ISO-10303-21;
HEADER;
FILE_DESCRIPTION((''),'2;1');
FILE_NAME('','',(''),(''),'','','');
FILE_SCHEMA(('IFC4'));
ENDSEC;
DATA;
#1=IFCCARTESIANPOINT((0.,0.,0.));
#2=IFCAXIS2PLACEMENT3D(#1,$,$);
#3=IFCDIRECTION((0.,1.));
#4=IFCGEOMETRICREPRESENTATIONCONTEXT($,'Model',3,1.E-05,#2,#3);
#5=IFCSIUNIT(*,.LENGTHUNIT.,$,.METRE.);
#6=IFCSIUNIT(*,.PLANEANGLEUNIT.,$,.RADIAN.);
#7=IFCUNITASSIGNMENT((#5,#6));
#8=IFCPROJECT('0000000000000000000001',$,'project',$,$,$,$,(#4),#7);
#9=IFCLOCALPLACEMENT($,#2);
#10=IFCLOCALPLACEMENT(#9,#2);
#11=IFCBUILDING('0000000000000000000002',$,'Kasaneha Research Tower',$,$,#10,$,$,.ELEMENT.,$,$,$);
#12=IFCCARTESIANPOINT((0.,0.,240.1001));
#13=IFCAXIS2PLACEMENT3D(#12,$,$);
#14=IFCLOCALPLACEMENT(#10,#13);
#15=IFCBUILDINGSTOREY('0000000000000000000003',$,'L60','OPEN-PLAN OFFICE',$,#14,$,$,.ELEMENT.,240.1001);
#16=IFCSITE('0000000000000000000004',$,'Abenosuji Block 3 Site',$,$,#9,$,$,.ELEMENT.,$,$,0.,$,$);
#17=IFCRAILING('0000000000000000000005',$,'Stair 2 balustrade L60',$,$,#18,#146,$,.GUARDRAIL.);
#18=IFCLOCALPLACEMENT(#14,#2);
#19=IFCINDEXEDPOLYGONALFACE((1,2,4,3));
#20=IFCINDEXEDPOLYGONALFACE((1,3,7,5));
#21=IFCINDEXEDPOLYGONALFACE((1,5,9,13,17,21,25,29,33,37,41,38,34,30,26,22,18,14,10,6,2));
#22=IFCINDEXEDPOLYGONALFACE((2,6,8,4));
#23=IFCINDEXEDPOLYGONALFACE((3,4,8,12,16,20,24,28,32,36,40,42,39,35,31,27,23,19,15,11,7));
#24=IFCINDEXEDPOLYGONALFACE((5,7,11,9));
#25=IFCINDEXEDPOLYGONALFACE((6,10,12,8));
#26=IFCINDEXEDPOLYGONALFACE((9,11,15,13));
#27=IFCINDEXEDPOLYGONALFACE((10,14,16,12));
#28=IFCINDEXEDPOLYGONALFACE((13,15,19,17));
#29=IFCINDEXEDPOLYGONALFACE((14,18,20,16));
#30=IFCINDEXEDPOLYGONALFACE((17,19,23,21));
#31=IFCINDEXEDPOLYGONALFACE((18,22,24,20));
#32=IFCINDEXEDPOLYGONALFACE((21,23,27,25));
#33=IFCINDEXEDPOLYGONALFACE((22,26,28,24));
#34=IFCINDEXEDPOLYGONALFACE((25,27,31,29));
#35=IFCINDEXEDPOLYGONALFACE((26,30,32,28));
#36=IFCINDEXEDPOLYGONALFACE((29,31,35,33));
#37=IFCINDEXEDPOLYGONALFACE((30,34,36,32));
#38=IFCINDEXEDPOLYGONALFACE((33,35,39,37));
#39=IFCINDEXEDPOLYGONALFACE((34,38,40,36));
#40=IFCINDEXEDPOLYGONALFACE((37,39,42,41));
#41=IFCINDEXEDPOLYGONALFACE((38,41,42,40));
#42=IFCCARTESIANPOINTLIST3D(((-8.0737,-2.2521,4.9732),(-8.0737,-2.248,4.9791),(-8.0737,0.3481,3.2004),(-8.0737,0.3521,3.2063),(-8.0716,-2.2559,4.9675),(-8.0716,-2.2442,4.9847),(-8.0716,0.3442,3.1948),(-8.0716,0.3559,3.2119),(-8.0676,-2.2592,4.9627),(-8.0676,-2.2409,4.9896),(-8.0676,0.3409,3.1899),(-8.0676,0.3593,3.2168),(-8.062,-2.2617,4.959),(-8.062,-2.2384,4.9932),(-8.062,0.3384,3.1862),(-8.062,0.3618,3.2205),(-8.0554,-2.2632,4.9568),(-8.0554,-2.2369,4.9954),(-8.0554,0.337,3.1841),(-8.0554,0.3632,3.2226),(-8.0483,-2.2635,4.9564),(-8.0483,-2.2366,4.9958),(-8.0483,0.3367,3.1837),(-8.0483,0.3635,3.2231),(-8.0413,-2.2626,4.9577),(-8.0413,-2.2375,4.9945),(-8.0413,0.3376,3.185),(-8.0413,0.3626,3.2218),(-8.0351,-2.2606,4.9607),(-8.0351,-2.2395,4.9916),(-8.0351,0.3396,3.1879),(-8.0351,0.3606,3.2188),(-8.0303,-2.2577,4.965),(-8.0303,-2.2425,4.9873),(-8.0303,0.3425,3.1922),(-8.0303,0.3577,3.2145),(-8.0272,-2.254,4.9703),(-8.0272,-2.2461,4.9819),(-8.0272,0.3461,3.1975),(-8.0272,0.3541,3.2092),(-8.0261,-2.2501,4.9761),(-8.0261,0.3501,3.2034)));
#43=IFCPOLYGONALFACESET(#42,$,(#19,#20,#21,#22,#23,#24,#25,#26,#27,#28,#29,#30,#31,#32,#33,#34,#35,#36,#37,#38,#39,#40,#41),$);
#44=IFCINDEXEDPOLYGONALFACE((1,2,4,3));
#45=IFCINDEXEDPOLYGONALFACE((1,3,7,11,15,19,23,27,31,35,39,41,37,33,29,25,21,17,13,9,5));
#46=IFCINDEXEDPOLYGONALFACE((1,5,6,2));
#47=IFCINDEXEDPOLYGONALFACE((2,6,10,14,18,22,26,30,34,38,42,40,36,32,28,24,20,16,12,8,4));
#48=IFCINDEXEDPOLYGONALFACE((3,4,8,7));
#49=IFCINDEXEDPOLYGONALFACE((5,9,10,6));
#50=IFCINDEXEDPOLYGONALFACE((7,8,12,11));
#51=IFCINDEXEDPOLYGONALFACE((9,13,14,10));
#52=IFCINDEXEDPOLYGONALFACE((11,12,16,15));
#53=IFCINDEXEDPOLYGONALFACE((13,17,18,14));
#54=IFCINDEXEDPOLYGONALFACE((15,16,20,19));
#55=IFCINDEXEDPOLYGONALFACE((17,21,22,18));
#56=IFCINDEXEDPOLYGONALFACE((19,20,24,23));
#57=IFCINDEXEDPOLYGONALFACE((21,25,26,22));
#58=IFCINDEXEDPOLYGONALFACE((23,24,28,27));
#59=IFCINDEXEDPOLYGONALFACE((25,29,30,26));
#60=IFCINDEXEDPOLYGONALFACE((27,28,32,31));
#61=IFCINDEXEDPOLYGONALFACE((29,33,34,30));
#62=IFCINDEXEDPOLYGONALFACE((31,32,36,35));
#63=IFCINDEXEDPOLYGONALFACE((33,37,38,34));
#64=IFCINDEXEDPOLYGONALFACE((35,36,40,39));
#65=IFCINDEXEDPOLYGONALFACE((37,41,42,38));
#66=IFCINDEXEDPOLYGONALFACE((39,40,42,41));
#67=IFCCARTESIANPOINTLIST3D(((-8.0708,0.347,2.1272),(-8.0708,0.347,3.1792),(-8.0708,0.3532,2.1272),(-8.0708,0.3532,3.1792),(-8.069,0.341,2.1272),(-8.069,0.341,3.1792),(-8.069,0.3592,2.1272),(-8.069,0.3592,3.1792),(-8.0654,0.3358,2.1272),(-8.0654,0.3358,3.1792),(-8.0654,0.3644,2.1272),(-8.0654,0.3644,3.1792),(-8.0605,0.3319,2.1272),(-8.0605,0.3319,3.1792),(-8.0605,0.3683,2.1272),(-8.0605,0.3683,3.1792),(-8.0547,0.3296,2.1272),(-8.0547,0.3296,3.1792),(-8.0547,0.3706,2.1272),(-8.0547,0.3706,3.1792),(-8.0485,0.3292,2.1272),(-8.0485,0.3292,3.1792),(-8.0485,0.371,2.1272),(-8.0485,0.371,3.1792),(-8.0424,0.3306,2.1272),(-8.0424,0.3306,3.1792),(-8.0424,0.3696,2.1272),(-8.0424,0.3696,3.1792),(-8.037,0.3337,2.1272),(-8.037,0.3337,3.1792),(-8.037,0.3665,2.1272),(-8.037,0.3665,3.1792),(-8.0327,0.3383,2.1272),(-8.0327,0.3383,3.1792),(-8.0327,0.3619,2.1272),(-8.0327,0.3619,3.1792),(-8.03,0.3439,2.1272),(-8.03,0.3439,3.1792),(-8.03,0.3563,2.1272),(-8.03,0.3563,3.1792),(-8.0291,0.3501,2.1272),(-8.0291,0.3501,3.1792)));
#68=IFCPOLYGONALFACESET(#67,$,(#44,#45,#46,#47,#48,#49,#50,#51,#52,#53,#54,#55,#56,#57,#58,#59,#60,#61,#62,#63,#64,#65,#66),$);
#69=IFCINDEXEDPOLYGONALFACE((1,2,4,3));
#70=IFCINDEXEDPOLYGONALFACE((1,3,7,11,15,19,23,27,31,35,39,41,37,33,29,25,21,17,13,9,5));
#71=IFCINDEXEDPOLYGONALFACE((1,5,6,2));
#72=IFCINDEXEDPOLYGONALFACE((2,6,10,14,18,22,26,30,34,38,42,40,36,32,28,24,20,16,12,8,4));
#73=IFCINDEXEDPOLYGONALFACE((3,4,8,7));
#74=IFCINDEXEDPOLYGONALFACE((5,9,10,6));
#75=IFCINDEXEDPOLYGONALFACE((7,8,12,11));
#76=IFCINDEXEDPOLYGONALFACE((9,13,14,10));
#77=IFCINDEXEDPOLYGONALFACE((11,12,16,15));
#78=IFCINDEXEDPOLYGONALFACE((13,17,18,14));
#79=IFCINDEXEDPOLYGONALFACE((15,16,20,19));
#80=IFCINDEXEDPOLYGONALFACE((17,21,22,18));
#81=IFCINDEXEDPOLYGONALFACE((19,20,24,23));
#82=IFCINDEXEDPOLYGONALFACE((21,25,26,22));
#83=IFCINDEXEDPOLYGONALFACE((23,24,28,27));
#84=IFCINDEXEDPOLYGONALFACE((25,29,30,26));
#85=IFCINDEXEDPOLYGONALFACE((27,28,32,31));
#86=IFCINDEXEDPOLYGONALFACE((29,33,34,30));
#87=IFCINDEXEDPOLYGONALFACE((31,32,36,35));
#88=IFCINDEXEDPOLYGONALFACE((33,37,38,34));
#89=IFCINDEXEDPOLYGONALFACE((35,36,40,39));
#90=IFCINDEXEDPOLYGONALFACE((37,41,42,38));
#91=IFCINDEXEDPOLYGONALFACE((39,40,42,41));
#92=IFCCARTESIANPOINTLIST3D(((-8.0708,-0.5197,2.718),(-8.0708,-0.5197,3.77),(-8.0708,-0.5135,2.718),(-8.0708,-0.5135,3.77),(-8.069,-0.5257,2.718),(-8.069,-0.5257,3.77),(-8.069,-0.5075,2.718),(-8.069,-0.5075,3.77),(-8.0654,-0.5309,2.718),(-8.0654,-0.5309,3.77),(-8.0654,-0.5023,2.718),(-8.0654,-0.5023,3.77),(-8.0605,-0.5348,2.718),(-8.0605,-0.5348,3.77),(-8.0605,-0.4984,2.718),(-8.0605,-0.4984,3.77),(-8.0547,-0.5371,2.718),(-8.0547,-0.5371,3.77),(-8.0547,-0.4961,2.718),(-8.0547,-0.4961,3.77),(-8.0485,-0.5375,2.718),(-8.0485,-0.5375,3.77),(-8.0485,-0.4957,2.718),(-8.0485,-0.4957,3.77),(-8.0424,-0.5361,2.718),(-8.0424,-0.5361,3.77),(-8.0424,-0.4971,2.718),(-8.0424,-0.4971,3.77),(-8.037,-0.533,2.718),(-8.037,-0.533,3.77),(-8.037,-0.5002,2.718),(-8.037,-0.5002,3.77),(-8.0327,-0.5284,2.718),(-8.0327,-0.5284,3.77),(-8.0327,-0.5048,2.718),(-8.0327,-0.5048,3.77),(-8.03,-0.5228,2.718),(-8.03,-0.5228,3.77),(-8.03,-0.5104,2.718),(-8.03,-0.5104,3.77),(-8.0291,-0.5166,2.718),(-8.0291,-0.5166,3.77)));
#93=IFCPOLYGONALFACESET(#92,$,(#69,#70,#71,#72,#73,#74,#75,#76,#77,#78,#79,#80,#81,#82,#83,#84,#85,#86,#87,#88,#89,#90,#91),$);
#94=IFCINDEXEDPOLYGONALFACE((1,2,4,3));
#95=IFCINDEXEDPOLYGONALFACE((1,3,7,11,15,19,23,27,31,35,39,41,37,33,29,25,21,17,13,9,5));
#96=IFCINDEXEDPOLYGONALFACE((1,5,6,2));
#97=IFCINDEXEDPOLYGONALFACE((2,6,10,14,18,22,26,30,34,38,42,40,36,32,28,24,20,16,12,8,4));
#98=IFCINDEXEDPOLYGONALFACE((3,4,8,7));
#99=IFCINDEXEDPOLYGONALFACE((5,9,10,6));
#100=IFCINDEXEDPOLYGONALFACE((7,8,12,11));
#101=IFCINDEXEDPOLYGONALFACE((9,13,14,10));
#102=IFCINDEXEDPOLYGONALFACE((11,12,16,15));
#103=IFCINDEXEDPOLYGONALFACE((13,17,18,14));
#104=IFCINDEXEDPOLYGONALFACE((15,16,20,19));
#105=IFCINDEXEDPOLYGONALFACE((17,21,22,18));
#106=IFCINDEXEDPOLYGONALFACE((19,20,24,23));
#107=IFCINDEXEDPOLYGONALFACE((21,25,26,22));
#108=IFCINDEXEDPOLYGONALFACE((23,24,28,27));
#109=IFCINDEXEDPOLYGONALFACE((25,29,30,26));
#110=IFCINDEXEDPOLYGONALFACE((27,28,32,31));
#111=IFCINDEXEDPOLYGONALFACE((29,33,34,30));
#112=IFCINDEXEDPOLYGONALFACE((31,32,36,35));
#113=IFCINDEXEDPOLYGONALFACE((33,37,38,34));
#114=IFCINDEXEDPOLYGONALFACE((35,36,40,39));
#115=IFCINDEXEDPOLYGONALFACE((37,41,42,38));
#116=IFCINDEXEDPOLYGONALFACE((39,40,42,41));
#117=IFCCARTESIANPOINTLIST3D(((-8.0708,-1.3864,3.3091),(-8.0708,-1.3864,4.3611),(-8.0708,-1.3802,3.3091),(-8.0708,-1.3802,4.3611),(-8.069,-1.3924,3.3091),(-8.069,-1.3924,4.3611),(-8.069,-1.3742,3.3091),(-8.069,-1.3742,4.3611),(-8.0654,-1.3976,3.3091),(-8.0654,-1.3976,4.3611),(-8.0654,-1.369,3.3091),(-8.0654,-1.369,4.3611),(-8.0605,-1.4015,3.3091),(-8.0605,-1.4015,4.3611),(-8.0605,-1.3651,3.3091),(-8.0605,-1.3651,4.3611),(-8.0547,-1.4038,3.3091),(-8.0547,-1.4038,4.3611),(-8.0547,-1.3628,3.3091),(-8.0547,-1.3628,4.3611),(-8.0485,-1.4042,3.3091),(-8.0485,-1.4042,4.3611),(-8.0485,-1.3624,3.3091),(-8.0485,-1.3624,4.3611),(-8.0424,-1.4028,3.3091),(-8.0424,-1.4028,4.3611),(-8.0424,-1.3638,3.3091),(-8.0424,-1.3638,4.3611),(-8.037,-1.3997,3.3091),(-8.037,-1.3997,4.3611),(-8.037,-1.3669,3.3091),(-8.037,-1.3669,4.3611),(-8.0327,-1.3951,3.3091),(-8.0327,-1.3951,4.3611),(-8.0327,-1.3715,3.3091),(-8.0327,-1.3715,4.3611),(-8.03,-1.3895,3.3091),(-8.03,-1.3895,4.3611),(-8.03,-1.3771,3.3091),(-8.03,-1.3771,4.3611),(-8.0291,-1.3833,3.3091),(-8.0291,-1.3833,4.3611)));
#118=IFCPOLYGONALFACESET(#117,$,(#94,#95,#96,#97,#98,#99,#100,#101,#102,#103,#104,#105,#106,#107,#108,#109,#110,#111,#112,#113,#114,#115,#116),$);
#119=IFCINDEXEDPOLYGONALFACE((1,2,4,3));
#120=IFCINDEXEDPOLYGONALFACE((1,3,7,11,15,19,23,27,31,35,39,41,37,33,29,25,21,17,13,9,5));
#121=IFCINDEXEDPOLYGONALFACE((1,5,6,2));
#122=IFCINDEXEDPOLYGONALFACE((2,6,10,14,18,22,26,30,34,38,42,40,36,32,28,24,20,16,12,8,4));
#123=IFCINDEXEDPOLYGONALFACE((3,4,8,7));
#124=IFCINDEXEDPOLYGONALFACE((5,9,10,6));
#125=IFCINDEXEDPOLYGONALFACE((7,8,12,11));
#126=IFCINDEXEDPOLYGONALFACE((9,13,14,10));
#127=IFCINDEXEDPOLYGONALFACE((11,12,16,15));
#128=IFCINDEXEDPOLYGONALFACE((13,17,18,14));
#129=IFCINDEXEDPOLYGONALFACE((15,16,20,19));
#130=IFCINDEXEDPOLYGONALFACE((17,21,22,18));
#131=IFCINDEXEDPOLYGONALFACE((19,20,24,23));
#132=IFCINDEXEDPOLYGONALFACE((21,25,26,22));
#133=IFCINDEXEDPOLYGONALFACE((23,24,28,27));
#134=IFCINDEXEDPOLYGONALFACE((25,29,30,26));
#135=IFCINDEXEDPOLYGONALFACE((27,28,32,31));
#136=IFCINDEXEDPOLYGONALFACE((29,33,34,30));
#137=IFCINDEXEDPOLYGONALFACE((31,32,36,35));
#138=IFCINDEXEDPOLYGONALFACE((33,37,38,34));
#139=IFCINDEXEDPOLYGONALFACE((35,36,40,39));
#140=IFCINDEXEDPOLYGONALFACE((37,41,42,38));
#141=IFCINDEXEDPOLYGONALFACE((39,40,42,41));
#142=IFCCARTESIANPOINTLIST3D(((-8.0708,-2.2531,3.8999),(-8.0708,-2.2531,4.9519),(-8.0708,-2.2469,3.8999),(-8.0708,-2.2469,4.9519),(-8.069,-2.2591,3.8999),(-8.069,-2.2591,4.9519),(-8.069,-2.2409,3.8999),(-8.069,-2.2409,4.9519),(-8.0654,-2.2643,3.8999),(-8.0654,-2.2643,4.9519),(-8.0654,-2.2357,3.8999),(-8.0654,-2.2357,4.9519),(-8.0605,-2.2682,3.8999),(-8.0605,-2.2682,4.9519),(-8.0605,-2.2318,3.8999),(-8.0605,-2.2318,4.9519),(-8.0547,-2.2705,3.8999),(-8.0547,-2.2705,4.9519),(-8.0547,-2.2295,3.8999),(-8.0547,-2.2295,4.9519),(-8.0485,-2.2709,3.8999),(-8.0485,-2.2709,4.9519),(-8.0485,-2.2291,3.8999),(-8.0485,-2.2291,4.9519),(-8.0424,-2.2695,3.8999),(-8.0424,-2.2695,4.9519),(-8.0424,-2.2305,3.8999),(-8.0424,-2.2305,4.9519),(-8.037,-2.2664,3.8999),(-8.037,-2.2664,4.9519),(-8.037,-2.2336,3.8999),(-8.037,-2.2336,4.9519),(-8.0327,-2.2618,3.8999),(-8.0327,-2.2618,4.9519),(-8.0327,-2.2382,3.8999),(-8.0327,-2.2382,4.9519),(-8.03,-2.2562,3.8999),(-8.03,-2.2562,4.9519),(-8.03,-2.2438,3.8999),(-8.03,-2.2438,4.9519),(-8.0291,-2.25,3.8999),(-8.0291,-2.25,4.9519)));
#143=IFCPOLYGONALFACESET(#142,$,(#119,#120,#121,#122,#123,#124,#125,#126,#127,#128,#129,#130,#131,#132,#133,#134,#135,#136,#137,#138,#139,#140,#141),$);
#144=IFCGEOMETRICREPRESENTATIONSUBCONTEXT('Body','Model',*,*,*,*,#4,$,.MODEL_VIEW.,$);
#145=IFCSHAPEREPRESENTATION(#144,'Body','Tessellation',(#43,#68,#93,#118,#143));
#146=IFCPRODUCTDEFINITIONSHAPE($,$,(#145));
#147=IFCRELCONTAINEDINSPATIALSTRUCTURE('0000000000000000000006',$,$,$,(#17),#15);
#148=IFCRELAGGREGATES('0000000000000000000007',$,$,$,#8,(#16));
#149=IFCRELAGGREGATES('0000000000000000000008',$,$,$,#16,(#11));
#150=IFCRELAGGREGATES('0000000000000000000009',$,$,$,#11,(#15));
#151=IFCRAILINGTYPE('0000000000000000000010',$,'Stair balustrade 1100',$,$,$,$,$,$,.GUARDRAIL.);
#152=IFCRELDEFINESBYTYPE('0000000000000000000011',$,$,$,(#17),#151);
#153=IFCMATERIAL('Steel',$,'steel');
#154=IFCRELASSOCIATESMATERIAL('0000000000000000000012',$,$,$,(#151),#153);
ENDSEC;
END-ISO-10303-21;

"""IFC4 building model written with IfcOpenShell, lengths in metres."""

from ifc_helpers import new_model, si_unit, direction, frame, origin, origin_2d, place, context, subcontext, project, spatial, circle, extrude, material, type_object, element, save


model = new_model("IFC4")

# Units and contexts
model_context = context("Model", 3, precision=1e-05, world=origin(), true_north=direction((0.0, 1.0)))
body_context = subcontext(model_context, "Body", "Model", "MODEL_VIEW")
ifc_project = project(units=[si_unit("LENGTHUNIT", "METRE"), si_unit("PLANEANGLEUNIT", "RADIAN")], contexts=[model_context])

# Site, building, storey
site_placement = place(None, origin())
site = spatial("IfcSite", under=ifc_project, at=site_placement, Name="Abenosuji Block 3 Site", CompositionType="ELEMENT", RefElevation=0.0)
building_placement = place(site_placement, origin())
building = spatial("IfcBuilding", under=site, at=building_placement, Name="Kasaneha Research Tower", CompositionType="ELEMENT")
storey_placement = place(building_placement, frame((0.0, 0.0, 240.1001)))
storey = spatial("IfcBuildingStorey", under=building, at=storey_placement, Name="L60", Description="OPEN-PLAN OFFICE", CompositionType="ELEMENT", Elevation=240.1001)

# Railing
ifc_material_1 = material(Name="Steel", Category="steel")
railing_type_1 = type_object("IfcRailingType", Name="Stair balustrade 1100", PredefinedType="GUARDRAIL", material=ifc_material_1)
railing_1_placement = place(storey_placement, frame((-8.05, 0.3501, 2.1272)))
element("IfcRailing", 1, at=railing_1_placement, inside=storey, type_object=railing_type_1, Name="Stair 2 balustrade L60", PredefinedType="GUARDRAIL", context=body_context, shape_type="SweptSolid", body=[
    extrude(circle(Radius=0.0239, at=origin_2d()), frame((0.0, 0.0, 1.0762), z_axis=(0.0, -0.82624, 0.563318), x_axis=(1.0, 0.0, 0.0)), (0.0, 0.0, 1.0), 3.147),
    extrude(circle(Radius=0.021, at=origin_2d()), origin(), (0.0, 0.0, 1.0), 1.052),
    extrude(circle(Radius=0.021, at=origin_2d()), frame((0.0, -0.8667, 0.5908)), (0.0, 0.0, 1.0), 1.052),
    extrude(circle(Radius=0.021, at=origin_2d()), frame((0.0, -1.7334, 1.1819)), (0.0, 0.0, 1.0), 1.052),
    extrude(circle(Radius=0.021, at=origin_2d()), frame((0.0, -2.6001, 1.7727)), (0.0, 0.0, 1.0), 1.052),
])

save(model, "model.ifc")
